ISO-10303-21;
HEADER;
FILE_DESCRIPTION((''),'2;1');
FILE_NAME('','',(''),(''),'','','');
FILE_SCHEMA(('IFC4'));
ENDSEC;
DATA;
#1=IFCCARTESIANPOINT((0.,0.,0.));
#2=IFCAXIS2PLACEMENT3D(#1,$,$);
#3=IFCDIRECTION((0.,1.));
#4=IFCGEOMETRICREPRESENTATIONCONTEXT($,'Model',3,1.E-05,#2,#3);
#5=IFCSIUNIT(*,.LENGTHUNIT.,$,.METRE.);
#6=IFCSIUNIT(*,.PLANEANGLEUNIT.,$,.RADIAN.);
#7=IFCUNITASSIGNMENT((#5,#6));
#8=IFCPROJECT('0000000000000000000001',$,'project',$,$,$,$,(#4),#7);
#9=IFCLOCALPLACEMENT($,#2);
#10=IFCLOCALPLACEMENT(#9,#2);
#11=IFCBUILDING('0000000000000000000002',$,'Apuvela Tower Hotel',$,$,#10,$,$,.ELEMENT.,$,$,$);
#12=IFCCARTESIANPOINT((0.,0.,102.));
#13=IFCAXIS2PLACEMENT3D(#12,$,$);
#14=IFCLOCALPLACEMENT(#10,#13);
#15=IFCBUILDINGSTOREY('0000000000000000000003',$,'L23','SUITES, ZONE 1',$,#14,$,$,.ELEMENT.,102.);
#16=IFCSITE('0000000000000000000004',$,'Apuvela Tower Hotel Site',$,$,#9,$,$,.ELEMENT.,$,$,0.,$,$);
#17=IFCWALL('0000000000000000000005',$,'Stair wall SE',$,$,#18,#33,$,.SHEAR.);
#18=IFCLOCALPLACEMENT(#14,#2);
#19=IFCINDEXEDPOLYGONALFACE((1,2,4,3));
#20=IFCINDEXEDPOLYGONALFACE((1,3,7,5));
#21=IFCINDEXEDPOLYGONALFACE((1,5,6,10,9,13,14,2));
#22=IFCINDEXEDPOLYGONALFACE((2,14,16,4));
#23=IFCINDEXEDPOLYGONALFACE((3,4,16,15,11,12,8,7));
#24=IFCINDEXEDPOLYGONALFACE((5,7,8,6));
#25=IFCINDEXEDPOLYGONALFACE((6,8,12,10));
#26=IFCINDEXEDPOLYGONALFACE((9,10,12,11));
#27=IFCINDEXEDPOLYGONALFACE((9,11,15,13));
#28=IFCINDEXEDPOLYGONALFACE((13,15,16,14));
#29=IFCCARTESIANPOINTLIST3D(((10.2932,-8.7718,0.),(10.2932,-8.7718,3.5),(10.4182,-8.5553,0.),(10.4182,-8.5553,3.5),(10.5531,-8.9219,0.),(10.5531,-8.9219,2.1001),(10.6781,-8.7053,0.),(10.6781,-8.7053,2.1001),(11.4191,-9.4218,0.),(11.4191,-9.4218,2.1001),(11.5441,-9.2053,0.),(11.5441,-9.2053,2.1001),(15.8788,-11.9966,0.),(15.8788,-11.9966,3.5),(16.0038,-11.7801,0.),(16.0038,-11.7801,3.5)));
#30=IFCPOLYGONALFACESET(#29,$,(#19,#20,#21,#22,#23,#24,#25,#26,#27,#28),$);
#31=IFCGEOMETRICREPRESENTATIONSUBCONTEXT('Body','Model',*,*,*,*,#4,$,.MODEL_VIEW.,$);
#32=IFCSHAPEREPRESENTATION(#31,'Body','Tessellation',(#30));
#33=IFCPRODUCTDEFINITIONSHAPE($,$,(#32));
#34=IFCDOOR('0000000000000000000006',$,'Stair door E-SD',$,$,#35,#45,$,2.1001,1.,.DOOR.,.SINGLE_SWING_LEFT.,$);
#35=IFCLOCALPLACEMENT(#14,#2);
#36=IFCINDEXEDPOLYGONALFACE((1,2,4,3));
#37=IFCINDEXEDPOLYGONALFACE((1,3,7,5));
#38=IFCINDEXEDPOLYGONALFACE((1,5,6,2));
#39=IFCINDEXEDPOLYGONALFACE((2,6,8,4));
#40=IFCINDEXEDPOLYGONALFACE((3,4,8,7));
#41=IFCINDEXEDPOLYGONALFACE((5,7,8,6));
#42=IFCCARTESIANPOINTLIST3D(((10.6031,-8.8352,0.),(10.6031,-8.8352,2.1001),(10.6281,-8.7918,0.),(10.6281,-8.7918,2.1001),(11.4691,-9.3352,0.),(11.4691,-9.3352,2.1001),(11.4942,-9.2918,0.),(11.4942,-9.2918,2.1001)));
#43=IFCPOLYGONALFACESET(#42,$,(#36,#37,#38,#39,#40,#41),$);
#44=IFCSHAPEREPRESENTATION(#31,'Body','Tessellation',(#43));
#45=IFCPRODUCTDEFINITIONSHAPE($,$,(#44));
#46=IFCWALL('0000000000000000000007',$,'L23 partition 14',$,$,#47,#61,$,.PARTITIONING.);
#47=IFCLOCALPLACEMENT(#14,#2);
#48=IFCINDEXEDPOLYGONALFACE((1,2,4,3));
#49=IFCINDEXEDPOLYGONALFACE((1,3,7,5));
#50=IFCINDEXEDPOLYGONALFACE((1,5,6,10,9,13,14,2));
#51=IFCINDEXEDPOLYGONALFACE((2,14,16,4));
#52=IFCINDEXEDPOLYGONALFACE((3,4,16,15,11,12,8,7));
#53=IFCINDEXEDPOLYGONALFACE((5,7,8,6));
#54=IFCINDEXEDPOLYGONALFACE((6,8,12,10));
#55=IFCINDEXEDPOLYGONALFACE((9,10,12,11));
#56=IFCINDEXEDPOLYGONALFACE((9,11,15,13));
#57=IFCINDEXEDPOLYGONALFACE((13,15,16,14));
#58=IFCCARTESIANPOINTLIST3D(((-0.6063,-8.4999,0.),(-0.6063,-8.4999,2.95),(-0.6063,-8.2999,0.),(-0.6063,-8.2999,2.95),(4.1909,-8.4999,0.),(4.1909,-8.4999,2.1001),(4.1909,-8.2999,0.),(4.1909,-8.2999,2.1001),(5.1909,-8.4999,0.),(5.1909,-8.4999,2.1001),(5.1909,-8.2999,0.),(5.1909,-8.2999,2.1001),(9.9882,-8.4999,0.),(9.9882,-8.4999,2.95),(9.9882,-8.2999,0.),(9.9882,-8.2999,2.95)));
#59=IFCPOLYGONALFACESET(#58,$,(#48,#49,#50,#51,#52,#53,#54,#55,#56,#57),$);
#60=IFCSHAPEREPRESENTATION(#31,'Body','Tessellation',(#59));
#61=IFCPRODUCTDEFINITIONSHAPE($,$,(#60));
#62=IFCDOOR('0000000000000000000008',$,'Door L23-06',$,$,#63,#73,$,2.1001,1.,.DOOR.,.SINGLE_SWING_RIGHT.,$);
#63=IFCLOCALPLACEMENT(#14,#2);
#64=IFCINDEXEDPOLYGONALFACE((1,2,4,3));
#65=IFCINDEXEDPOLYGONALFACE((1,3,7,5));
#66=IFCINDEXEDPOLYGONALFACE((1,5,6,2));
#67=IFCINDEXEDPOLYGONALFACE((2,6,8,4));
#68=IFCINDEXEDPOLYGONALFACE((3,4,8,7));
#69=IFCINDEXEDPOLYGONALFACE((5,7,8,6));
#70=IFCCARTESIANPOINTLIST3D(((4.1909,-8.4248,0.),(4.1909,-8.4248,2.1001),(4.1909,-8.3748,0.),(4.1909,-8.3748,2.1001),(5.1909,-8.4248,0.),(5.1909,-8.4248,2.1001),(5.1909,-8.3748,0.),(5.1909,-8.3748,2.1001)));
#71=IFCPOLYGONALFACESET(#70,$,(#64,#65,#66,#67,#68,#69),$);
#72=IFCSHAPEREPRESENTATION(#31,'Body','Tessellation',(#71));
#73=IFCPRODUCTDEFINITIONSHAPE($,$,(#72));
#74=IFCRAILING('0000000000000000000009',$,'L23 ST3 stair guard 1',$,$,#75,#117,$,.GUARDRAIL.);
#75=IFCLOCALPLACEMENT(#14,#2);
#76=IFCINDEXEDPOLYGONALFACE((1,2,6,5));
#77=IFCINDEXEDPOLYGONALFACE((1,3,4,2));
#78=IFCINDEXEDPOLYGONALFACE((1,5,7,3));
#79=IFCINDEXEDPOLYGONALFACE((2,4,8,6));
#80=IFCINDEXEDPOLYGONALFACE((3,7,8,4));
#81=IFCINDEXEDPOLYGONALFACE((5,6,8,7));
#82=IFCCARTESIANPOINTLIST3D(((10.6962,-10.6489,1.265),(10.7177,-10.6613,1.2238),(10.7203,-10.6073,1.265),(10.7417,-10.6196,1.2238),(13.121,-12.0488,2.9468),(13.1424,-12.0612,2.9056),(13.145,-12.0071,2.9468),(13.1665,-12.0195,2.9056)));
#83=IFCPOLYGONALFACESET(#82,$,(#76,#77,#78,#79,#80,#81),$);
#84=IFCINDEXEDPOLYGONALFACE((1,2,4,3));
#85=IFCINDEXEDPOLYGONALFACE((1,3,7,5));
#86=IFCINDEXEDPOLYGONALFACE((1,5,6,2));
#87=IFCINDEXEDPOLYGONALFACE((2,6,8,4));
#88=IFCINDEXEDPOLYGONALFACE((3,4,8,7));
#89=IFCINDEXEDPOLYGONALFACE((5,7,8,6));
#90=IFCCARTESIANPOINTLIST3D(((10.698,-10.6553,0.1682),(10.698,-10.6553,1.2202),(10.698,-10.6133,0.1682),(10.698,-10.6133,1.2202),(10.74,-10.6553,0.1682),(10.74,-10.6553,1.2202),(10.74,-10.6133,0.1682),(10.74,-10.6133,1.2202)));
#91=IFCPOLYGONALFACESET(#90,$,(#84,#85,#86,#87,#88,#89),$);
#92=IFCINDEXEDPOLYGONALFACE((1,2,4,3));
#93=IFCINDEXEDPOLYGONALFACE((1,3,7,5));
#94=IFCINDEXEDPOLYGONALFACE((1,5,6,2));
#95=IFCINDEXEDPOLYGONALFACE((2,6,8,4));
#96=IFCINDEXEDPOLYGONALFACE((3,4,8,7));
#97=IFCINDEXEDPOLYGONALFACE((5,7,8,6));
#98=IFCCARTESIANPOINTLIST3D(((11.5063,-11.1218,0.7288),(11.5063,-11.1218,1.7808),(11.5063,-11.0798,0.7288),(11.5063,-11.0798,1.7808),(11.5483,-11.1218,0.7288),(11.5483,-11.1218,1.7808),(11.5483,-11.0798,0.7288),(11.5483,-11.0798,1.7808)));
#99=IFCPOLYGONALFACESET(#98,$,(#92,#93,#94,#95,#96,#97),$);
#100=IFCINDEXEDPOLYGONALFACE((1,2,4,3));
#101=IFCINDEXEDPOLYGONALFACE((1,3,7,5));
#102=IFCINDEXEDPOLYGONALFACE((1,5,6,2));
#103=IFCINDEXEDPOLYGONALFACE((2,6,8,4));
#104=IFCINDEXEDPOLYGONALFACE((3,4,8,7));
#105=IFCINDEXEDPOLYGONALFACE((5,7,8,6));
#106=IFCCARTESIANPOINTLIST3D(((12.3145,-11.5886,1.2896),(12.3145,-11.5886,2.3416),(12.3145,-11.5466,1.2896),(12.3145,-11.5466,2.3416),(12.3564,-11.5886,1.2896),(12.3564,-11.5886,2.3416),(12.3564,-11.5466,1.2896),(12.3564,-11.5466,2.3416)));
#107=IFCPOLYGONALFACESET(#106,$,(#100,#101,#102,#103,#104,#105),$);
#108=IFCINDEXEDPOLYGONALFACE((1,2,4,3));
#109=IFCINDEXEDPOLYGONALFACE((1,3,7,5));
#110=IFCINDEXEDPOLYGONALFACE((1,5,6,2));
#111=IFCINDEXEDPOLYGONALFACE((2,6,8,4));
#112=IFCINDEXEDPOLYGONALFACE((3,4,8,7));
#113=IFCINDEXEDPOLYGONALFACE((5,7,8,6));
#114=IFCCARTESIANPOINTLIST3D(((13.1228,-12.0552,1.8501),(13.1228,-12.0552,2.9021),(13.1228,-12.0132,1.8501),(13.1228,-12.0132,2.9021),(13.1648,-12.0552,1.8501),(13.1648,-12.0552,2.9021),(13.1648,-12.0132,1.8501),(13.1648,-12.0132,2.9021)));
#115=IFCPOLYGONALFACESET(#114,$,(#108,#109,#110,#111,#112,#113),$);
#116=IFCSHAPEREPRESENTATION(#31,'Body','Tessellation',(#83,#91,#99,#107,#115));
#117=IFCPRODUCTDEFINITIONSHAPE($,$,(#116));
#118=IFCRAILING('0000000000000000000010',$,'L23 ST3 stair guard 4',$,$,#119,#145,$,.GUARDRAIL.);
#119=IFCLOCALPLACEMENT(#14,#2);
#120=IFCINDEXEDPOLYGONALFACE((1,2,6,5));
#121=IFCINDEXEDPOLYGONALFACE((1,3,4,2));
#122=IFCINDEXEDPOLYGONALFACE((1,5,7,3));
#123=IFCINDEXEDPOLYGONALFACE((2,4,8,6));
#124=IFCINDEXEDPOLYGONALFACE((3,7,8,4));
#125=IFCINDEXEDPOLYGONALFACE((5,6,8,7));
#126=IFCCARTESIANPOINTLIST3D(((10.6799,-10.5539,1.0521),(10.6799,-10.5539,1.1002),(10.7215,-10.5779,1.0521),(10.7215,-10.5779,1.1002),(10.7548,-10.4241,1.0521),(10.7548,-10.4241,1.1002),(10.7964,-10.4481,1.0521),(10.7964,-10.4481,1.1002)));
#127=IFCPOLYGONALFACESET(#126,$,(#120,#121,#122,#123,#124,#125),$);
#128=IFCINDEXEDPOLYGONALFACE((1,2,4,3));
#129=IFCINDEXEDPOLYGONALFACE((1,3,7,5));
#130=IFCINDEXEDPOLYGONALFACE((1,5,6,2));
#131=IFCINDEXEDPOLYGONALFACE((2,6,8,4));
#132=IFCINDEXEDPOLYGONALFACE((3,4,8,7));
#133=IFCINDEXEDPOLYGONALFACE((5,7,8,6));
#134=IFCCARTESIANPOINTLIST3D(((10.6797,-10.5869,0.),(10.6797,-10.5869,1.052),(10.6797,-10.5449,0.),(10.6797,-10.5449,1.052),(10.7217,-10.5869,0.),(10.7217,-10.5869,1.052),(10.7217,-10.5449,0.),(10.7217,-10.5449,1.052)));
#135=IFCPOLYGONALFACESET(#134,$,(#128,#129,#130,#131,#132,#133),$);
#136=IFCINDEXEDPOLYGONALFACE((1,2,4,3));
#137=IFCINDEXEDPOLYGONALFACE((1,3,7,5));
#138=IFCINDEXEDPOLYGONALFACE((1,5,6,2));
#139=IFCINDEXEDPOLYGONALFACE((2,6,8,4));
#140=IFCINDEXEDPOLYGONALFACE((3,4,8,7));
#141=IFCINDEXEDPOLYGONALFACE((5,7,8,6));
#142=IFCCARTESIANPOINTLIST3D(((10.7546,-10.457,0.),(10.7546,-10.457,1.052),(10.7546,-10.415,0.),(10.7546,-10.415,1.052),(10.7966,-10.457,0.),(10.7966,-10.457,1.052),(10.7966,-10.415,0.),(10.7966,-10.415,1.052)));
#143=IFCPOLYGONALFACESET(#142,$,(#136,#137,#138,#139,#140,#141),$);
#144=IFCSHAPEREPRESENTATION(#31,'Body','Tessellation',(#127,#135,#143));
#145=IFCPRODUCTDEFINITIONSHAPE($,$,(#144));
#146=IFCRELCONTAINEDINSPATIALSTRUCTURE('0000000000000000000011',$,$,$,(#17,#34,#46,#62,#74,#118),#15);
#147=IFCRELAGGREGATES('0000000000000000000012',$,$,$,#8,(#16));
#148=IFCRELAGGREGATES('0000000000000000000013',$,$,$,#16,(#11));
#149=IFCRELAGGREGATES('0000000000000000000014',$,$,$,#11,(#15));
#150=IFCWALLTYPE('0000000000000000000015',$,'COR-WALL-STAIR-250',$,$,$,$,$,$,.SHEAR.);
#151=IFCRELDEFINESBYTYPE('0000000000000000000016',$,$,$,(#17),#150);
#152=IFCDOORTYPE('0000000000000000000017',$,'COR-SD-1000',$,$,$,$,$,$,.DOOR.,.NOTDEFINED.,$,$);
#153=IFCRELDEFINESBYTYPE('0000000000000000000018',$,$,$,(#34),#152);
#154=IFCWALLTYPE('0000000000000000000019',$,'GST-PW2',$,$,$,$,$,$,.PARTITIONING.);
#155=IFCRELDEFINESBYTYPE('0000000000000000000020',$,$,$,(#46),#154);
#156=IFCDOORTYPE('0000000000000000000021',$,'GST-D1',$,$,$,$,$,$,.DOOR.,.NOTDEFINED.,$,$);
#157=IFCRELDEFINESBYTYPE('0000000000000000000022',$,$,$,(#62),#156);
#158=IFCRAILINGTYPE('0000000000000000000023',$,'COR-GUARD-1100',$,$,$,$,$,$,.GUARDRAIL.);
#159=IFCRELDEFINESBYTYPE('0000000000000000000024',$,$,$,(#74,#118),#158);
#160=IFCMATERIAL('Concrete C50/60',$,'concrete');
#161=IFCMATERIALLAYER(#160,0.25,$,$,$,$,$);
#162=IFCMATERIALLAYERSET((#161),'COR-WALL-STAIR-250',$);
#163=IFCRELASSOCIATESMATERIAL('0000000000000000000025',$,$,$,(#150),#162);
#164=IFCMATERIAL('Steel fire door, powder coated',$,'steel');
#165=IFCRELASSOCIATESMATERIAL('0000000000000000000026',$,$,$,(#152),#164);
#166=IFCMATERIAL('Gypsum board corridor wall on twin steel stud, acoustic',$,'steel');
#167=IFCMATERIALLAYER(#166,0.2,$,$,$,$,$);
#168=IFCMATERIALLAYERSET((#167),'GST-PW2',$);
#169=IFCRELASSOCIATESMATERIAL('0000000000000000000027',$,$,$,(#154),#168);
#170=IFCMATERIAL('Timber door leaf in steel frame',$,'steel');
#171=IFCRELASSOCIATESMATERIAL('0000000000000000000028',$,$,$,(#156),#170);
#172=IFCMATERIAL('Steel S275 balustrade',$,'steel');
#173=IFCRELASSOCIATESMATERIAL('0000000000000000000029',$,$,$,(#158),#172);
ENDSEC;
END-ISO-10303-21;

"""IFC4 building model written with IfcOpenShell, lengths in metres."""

from ifc_helpers import new_model, si_unit, direction, frame, frame_2d, origin, origin_2d, place, context, subcontext, project, spatial, rectangle, extrude, material, layer, layer_set, type_object, element, fill, save


model = new_model("IFC4")

# Units and contexts
model_context = context("Model", 3, precision=1e-05, world=origin(), true_north=direction((0.0, 1.0)))
body_context = subcontext(model_context, "Body", "Model", "MODEL_VIEW")
ifc_project = project(units=[si_unit("LENGTHUNIT", "METRE"), si_unit("PLANEANGLEUNIT", "RADIAN")], contexts=[model_context])

# Site, building, storey
site_placement = place(None, origin())
site = spatial("IfcSite", under=ifc_project, at=site_placement, Name="Apuvela Tower Hotel Site", CompositionType="ELEMENT", RefElevation=0.0)
building_placement = place(site_placement, origin())
building = spatial("IfcBuilding", under=site, at=building_placement, Name="Apuvela Tower Hotel", CompositionType="ELEMENT")
storey_placement = place(building_placement, frame((0.0, 0.0, 102.0)))
storey = spatial("IfcBuildingStorey", under=building, at=storey_placement, Name="L23", Description="SUITES, ZONE 1", CompositionType="ELEMENT", Elevation=102.0)

# Shared definitions
ifc_material_1 = material(Name="Concrete C50/60", Category="concrete")
ifc_material_2 = material(Name="Steel fire door, powder coated", Category="steel")

# Walls, openings, doors
ifc_layer_1 = layer(ifc_material_1, 0.25)
ifc_layer_set_1 = layer_set([ifc_layer_1], Name="COR-WALL-STAIR-250")
wall_type_1 = type_object("IfcWallType", Name="COR-WALL-STAIR-250", PredefinedType="SHEAR", material=ifc_layer_set_1)
wall_1_placement = place(storey_placement, frame((10.3557, -8.6636, 0.0), z_axis=(0.0, 0.0, 1.0), x_axis=(0.866029, -0.499994, 0.0)))
wall_1 = element("IfcWall", 1, at=wall_1_placement, inside=storey, type_object=wall_type_1, Name="Stair wall SE", PredefinedType="SHEAR", context=body_context, shape_type="SweptSolid", body=[
    extrude(rectangle(XDim=6.4497, YDim=0.25, at=frame_2d((3.2249, 0.0))), origin(), (0.0, 0.0, 1.0), 3.5),
])
opening_1_placement = place(wall_1_placement, frame((0.3, 0.0, 0.0)))
opening_1 = element("IfcOpeningElement", 2, at=opening_1_placement, cuts=wall_1, PredefinedType="OPENING", context=body_context, shape_type="SweptSolid", body=[
    extrude(rectangle(XDim=1.0, YDim=2.1001, at=frame_2d((0.5, 1.05))), frame((0.0, 0.135, 0.0), z_axis=(0.0, -1.0, 0.0), x_axis=(1.0, 0.0, 0.0)), (0.0, 0.0, 1.0), 0.27),
])
door_type_1 = type_object("IfcDoorType", Name="COR-SD-1000", OperationType="NOTDEFINED", PredefinedType="DOOR", material=ifc_material_2)
door_1_placement = place(opening_1_placement, frame((1.0, 0.0, 0.0), z_axis=(0.0, 0.0, 1.0), x_axis=(-1.0, 0.0, 0.0)))
door_1 = element("IfcDoor", 3, at=door_1_placement, inside=storey, type_object=door_type_1, Name="Stair door E-SD", OperationType="SINGLE_SWING_LEFT", OverallHeight=2.1001, OverallWidth=1.0, PredefinedType="DOOR", context=body_context, shape_type="SweptSolid", body=[
    extrude(rectangle(XDim=1.0, YDim=2.1001, at=frame_2d((0.5, 1.05))), frame((0.0, 0.0249, 0.0), z_axis=(0.0, -1.0, 0.0), x_axis=(1.0, 0.0, 0.0)), (0.0, 0.0, 1.0), 0.05),
])
fill(opening_1, door_1)
ifc_material_3 = material(Name="Gypsum board corridor wall on twin steel stud, acoustic", Category="steel")
ifc_layer_2 = layer(ifc_material_3, 0.2)
ifc_layer_set_2 = layer_set([ifc_layer_2], Name="GST-PW2")
wall_type_2 = type_object("IfcWallType", Name="GST-PW2", PredefinedType="PARTITIONING", material=ifc_layer_set_2)
wall_2_placement = place(storey_placement, frame((9.9883, -8.3999, 0.0), z_axis=(0.0, 0.0, 1.0), x_axis=(-1.0, 0.0, 0.0)))
wall_2 = element("IfcWall", 4, at=wall_2_placement, inside=storey, type_object=wall_type_2, Name="L23 partition 14", PredefinedType="PARTITIONING", context=body_context, shape_type="SweptSolid", body=[
    extrude(rectangle(XDim=10.5945, YDim=0.2, at=frame_2d((5.2974, 0.0))), origin(), (0.0, 0.0, 1.0), 2.95),
])
opening_2_placement = place(wall_2_placement, frame((4.7974, 0.0, 0.0)))
opening_2 = element("IfcOpeningElement", 5, at=opening_2_placement, cuts=wall_2, PredefinedType="OPENING", context=body_context, shape_type="SweptSolid", body=[
    extrude(rectangle(XDim=1.0, YDim=2.1001, at=frame_2d((0.5, 1.05))), frame((0.0, 0.1099, 0.0), z_axis=(0.0, -1.0, 0.0), x_axis=(1.0, 0.0, 0.0)), (0.0, 0.0, 1.0), 0.22),
])
ifc_material_4 = material(Name="Timber door leaf in steel frame", Category="steel")
door_type_2 = type_object("IfcDoorType", Name="GST-D1", OperationType="NOTDEFINED", PredefinedType="DOOR", material=ifc_material_4)
door_2_placement = place(opening_2_placement, origin())
door_2 = element("IfcDoor", 6, at=door_2_placement, inside=storey, type_object=door_type_2, Name="Door L23-06", OperationType="SINGLE_SWING_RIGHT", OverallHeight=2.1001, OverallWidth=1.0, PredefinedType="DOOR", context=body_context, shape_type="SweptSolid", body=[
    extrude(rectangle(XDim=1.0, YDim=2.1001, at=frame_2d((0.5, 1.05))), frame((0.0, 0.0249, 0.0), z_axis=(0.0, -1.0, 0.0), x_axis=(1.0, 0.0, 0.0)), (0.0, 0.0, 1.0), 0.05),
])
fill(opening_2, door_2)

# Railings
ifc_material_5 = material(Name="Steel S275 balustrade", Category="steel")
railing_type_1 = type_object("IfcRailingType", Name="COR-GUARD-1100", PredefinedType="GUARDRAIL", material=ifc_material_5)
railing_1_placement = place(storey_placement, frame((10.719, -10.6343, 0.1682)))
element("IfcRailing", 7, at=railing_1_placement, inside=storey, type_object=railing_type_1, Name="L23 ST3 stair guard 1", PredefinedType="GUARDRAIL", context=body_context, shape_type="SweptSolid", body=[
    extrude(rectangle(XDim=0.0481, YDim=0.0481, at=origin_2d()), frame((0.0, 0.0, 1.0762), z_axis=(0.74239, -0.428601, 0.514934), x_axis=(0.499984, 0.866035, 0.0)), (0.0, 0.0, 1.0), 3.2661),
    extrude(rectangle(XDim=0.042, YDim=0.042, at=origin_2d()), origin(), (0.0, 0.0, 1.0), 1.052),
    extrude(rectangle(XDim=0.042, YDim=0.042, at=origin_2d()), frame((0.8083, -0.4666, 0.5605)), (0.0, 0.0, 1.0), 1.052),
    extrude(rectangle(XDim=0.042, YDim=0.042, at=origin_2d()), frame((1.6165, -0.9333, 1.1213)), (0.0, 0.0, 1.0), 1.052),
    extrude(rectangle(XDim=0.042, YDim=0.042, at=origin_2d()), frame((2.4248, -1.3999, 1.6819)), (0.0, 0.0, 1.0), 1.052),
])
railing_2_placement = place(storey_placement, frame((10.7007, -10.5659, 0.0)))
element("IfcRailing", 8, at=railing_2_placement, inside=storey, type_object=railing_type_1, Name="L23 ST3 stair guard 4", PredefinedType="GUARDRAIL", context=body_context, shape_type="SweptSolid", body=[
    extrude(rectangle(XDim=0.0481, YDim=0.0481, at=origin_2d()), frame((0.0, 0.0, 1.0762), z_axis=(0.499816, 0.866131, 0.0), x_axis=(-0.866131, 0.499816, 0.0)), (0.0, 0.0, 1.0), 0.1499),
    extrude(rectangle(XDim=0.042, YDim=0.042, at=origin_2d()), origin(), (0.0, 0.0, 1.0), 1.052),
    extrude(rectangle(XDim=0.042, YDim=0.042, at=origin_2d()), frame((0.075, 0.1299, 0.0)), (0.0, 0.0, 1.0), 1.052),
])

save(model, "model.ifc")
